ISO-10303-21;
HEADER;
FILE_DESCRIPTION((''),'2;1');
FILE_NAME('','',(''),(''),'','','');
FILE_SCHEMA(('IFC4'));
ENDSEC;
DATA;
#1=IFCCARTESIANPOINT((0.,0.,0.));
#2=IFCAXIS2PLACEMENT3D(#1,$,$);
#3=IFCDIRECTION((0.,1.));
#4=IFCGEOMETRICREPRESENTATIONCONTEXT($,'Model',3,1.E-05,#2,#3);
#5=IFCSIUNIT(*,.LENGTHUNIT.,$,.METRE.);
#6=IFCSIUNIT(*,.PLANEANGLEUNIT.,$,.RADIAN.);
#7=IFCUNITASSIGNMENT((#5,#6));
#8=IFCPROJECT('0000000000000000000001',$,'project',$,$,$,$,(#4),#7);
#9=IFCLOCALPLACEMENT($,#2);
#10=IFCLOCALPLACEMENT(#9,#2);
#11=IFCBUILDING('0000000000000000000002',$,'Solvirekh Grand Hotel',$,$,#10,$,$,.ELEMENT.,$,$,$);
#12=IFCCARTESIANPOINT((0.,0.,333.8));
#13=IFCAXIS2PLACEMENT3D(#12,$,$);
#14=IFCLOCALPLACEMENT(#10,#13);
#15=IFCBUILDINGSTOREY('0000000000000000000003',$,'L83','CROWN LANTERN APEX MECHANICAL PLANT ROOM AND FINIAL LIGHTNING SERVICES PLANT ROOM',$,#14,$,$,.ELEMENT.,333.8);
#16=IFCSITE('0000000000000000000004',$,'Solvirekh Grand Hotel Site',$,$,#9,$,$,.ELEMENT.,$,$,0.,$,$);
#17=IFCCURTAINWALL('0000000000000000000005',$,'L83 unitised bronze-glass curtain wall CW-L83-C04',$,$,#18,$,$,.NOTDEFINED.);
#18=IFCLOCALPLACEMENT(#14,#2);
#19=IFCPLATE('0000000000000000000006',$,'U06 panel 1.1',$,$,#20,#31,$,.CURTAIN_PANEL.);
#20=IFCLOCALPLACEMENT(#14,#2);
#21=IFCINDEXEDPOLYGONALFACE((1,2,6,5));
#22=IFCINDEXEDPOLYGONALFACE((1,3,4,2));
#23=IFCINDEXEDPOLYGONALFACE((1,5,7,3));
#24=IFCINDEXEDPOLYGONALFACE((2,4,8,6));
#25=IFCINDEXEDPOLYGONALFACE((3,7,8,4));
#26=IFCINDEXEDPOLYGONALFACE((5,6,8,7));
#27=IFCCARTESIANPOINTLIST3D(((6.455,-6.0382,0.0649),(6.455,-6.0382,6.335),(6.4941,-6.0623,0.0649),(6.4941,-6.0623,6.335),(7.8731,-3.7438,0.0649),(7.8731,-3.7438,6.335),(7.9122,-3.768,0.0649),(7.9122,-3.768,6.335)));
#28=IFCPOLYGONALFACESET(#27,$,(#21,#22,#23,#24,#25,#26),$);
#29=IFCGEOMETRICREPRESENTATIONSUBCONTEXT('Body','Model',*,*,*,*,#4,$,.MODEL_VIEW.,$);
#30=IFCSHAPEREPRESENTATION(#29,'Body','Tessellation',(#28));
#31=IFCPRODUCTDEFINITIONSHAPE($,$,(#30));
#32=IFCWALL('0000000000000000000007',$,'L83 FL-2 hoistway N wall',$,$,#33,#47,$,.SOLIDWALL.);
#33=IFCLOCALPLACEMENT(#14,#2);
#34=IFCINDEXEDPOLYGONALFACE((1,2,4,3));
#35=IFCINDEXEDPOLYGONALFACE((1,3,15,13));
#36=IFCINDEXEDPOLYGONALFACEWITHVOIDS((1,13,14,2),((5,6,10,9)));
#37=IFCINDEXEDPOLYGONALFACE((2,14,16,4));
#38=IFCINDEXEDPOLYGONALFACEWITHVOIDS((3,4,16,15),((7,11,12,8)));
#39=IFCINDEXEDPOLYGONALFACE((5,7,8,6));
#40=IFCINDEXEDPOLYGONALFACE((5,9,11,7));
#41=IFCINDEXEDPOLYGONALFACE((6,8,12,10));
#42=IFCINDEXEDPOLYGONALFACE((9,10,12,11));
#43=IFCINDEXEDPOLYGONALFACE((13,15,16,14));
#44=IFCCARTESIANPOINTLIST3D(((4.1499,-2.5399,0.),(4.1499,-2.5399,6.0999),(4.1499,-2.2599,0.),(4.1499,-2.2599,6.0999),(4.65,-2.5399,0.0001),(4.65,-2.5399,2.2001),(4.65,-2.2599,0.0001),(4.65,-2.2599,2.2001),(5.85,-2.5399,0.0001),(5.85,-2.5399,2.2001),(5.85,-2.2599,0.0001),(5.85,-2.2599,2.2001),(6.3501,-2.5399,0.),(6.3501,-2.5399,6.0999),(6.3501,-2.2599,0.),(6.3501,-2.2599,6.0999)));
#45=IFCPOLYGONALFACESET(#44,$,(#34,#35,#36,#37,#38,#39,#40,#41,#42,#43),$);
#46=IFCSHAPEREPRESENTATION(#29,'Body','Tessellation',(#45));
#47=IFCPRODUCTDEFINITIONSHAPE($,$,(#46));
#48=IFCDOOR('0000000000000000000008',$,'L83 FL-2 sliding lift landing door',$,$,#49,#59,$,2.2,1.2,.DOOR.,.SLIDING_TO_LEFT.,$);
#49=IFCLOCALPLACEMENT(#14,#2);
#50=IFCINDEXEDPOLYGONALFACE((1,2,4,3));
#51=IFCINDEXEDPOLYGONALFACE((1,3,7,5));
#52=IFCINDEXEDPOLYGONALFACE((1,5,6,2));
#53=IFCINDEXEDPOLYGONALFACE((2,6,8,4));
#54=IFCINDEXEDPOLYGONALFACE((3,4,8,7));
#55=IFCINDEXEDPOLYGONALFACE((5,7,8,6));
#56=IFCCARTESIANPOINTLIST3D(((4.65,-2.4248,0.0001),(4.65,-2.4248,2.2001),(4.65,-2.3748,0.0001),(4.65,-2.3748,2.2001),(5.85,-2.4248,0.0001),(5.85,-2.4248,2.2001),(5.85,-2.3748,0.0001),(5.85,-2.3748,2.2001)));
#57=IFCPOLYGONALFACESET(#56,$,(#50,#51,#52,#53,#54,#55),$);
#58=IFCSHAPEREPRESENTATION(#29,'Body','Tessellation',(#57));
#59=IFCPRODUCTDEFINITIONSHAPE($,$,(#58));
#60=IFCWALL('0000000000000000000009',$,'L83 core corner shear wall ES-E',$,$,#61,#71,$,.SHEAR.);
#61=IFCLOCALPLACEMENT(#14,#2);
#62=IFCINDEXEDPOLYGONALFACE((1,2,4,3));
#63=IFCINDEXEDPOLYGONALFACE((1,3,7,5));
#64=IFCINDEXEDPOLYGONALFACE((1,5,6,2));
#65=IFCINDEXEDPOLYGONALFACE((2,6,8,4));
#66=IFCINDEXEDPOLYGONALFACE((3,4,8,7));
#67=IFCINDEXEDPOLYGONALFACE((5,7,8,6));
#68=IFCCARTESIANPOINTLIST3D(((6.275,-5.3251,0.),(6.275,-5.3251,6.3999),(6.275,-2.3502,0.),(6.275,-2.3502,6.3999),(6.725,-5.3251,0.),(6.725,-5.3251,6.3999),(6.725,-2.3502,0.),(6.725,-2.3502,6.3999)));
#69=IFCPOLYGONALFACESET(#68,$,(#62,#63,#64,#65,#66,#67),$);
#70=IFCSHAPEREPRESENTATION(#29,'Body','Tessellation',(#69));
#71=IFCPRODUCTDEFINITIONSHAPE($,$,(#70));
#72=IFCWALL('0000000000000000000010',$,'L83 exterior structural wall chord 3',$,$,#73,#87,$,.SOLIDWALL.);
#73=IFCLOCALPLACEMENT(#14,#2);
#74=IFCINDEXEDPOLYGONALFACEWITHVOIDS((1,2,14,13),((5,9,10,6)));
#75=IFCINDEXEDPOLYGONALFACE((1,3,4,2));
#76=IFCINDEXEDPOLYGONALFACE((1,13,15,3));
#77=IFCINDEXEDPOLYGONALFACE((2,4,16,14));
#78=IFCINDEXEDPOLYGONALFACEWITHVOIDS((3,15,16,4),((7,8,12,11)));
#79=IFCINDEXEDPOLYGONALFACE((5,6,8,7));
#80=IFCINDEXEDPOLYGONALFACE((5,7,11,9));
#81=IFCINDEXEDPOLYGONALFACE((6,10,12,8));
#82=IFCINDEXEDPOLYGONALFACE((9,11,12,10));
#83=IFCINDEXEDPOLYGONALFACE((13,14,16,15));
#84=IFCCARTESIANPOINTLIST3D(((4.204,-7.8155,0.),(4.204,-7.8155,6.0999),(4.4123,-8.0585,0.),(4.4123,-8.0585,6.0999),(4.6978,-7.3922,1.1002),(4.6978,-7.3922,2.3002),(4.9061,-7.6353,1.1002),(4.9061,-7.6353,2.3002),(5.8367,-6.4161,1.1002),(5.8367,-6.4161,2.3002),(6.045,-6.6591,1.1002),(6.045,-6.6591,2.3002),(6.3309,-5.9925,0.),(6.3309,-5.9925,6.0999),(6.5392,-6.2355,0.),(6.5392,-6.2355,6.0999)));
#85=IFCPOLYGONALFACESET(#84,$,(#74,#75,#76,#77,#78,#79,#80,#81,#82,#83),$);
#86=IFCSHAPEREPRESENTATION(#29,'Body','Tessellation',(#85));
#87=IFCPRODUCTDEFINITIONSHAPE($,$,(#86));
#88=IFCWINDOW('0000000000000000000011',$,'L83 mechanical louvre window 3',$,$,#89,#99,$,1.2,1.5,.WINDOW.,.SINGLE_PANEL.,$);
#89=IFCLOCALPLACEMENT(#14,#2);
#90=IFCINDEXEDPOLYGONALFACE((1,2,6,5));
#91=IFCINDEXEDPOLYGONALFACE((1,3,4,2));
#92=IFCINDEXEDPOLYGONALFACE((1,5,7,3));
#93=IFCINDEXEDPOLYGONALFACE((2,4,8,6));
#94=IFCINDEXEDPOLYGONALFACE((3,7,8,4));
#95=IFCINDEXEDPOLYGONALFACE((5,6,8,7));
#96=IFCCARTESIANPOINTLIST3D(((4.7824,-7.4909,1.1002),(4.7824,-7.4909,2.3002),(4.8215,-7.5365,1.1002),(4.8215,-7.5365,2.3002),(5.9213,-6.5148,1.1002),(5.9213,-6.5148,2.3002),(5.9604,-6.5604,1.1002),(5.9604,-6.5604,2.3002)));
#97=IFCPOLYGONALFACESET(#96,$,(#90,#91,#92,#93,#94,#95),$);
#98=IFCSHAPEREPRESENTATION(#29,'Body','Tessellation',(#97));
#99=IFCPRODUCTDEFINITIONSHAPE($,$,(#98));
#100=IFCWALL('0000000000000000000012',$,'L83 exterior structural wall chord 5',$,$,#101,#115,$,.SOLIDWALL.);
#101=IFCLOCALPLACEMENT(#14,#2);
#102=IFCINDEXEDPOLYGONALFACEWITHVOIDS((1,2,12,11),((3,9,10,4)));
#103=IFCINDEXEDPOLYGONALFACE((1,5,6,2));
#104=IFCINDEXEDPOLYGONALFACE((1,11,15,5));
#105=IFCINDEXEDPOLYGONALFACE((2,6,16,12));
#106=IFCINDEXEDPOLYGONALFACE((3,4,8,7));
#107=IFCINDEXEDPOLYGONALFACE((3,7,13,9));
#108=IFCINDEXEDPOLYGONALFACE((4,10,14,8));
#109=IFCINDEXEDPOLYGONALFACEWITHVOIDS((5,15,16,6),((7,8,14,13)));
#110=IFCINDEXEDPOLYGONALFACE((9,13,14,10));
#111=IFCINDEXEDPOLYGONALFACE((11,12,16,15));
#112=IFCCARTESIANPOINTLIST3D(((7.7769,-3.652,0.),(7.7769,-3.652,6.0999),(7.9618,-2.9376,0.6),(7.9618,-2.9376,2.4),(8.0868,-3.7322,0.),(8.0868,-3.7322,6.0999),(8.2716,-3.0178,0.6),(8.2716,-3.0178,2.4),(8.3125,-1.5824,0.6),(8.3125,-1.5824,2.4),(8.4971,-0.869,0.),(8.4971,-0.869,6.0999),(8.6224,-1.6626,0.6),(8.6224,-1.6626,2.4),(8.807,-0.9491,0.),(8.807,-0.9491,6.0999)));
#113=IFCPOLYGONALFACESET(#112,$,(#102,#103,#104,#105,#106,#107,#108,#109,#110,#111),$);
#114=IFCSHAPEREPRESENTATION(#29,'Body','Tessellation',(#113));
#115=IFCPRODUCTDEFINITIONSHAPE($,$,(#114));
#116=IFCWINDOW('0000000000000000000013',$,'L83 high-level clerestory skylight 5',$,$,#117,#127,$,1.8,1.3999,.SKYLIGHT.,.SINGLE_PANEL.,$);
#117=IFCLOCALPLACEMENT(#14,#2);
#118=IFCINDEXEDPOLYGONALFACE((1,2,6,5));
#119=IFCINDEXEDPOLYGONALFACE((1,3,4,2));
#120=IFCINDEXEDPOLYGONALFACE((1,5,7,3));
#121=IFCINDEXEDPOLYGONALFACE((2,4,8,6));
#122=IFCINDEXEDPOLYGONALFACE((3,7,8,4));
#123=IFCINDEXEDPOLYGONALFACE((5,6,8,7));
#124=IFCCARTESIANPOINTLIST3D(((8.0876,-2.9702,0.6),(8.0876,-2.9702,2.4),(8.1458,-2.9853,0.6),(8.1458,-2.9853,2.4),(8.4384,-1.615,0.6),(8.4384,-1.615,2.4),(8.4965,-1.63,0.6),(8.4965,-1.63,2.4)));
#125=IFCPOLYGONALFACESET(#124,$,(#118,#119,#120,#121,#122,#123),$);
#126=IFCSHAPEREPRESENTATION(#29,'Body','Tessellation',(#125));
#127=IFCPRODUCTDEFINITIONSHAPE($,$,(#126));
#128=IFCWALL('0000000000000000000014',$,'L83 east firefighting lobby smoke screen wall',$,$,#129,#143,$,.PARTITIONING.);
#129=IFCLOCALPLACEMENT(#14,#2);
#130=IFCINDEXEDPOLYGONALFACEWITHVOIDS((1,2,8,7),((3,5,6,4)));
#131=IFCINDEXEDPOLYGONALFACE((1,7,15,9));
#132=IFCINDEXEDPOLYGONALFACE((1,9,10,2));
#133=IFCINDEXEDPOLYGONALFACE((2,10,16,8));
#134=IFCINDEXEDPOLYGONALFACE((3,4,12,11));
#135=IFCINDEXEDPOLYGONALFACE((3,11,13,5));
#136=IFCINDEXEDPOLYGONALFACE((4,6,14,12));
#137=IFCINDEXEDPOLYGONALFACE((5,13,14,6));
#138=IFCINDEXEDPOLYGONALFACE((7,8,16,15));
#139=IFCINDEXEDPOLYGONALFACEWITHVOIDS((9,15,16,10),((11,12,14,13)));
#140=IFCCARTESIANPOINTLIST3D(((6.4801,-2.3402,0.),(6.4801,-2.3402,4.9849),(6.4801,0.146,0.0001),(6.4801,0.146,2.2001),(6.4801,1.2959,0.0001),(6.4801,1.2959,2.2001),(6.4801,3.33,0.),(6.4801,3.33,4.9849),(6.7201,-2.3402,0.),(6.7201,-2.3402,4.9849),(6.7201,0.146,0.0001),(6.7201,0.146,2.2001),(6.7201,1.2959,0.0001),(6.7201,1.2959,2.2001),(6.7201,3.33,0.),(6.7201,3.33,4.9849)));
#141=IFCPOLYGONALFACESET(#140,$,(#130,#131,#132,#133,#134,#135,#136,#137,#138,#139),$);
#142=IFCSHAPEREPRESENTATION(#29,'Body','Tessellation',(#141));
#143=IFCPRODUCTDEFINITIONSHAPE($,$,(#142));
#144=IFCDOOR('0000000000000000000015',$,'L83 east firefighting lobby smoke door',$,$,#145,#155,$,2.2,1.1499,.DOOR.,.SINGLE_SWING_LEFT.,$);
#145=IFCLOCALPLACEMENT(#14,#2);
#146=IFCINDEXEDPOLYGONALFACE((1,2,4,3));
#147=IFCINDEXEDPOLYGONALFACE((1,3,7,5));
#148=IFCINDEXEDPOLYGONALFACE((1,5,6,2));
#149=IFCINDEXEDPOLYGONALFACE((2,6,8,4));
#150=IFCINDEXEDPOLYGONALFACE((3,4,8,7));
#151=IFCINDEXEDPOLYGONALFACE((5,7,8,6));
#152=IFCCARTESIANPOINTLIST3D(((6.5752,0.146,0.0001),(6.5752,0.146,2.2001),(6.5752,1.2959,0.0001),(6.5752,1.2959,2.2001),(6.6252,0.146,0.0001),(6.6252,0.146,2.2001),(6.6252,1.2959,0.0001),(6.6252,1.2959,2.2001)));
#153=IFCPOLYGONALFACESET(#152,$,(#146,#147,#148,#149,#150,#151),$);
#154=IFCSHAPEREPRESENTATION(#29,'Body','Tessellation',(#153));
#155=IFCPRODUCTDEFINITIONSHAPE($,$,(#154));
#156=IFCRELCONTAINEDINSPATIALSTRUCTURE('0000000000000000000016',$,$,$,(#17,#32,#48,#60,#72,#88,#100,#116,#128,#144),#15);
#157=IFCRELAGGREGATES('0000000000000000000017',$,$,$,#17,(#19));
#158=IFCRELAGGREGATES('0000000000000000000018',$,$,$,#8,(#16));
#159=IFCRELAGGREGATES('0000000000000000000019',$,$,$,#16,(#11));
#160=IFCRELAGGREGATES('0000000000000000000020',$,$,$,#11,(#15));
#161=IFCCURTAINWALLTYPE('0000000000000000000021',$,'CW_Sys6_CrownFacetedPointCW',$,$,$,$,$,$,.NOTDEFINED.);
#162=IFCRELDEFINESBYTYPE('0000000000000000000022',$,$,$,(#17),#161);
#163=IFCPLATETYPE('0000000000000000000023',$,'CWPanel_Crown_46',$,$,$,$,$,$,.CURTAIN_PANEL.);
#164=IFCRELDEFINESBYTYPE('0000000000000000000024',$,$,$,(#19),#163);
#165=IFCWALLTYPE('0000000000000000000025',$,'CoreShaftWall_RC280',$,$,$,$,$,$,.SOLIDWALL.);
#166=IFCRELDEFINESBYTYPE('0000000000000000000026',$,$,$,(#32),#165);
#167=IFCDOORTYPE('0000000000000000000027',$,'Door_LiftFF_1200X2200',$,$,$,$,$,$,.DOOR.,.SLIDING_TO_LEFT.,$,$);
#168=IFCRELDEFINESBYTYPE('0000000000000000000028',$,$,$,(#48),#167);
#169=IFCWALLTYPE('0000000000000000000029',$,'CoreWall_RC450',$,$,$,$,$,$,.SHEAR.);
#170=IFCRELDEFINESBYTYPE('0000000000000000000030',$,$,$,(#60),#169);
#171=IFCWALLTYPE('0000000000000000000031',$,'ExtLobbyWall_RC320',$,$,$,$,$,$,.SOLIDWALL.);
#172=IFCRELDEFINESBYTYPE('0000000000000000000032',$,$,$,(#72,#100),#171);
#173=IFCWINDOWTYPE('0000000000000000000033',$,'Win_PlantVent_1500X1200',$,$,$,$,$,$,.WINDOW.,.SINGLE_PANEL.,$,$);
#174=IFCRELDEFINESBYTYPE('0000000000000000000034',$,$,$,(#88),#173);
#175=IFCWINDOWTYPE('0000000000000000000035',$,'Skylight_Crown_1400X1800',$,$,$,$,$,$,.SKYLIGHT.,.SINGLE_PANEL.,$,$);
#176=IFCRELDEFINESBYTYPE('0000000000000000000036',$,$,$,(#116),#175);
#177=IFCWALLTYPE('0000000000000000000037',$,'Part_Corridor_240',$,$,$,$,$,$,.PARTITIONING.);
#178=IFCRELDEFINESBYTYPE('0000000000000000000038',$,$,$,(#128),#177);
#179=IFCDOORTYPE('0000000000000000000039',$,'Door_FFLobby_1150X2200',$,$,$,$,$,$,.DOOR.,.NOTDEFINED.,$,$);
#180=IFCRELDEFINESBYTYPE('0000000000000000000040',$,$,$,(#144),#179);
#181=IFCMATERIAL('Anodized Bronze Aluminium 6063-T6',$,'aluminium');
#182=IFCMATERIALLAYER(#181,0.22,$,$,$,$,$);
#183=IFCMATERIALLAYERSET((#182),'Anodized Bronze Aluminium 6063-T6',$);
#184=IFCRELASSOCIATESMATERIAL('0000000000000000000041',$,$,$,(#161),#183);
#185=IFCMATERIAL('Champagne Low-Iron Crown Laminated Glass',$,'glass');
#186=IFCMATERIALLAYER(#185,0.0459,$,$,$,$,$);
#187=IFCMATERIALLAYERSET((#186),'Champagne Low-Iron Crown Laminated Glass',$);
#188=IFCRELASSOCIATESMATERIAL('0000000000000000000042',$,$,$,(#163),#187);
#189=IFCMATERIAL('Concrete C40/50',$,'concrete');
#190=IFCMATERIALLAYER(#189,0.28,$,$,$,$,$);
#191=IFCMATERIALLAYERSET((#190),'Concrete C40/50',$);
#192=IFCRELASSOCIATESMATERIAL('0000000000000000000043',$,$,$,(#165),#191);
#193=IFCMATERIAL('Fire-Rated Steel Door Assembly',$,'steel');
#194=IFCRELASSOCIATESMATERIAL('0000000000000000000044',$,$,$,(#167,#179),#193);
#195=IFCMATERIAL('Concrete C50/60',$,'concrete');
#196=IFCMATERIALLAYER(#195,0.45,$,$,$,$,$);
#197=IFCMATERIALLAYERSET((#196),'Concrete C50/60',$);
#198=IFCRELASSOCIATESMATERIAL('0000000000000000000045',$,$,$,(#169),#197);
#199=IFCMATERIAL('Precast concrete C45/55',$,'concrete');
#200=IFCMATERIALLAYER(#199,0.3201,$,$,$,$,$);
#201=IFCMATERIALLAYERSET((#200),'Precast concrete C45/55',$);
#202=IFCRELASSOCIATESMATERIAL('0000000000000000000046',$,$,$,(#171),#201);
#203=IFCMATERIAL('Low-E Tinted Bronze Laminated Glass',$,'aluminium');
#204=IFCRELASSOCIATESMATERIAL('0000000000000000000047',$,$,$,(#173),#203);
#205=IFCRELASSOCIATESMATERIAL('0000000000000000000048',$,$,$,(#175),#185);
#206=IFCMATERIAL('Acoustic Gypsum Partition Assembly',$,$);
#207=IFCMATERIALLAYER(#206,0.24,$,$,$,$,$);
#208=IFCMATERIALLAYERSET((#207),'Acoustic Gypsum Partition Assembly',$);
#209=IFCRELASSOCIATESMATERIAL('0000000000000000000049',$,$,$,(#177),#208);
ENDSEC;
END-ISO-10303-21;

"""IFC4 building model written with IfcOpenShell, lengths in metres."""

from ifc_helpers import new_model, si_unit, direction, frame, frame_2d, origin, origin_2d, place, context, subcontext, project, spatial, rectangle, extrude, source, transform, mapped, material, layer, layer_set, type_object, element, fill, aggregate, save


model = new_model("IFC4")

# Units and contexts
model_context = context("Model", 3, precision=1e-05, world=origin(), true_north=direction((0.0, 1.0)))
body_context = subcontext(model_context, "Body", "Model", "MODEL_VIEW")
ifc_project = project(units=[si_unit("LENGTHUNIT", "METRE"), si_unit("PLANEANGLEUNIT", "RADIAN")], contexts=[model_context])

# Site, building, storey
site_placement = place(None, origin())
site = spatial("IfcSite", under=ifc_project, at=site_placement, Name="Solvirekh Grand Hotel Site", CompositionType="ELEMENT", RefElevation=0.0)
building_placement = place(site_placement, origin())
building = spatial("IfcBuilding", under=site, at=building_placement, Name="Solvirekh Grand Hotel", CompositionType="ELEMENT")
storey_placement = place(building_placement, frame((0.0, 0.0, 333.8)))
storey = spatial("IfcBuildingStorey", under=building, at=storey_placement, Name="L83", Description="CROWN LANTERN APEX MECHANICAL PLANT ROOM AND FINIAL LIGHTNING SERVICES PLANT ROOM", CompositionType="ELEMENT", Elevation=333.8)

# Shared definitions
ifc_material_1 = material(Name="Concrete C50/60", Category="concrete")

# Shared definitions
ifc_material_2 = material(Name="Anodized Bronze Aluminium 6063-T6", Category="aluminium")
ifc_layer_1 = layer(ifc_material_2, 0.22)
ifc_layer_set_1 = layer_set([ifc_layer_1], Name="Anodized Bronze Aluminium 6063-T6")
curtain_wall_type = type_object("IfcCurtainWallType", Name="CW_Sys6_CrownFacetedPointCW", PredefinedType="NOTDEFINED", material=ifc_layer_set_1)

# Curtain wall
curtain_wall_1_placement = place(storey_placement, origin())
curtain_wall_1 = element("IfcCurtainWall", 1, at=curtain_wall_1_placement, inside=storey, type_object=curtain_wall_type, Name="L83 unitised bronze-glass curtain wall CW-L83-C04", PredefinedType="NOTDEFINED")

# Plate
ifc_material_3 = material(Name="Champagne Low-Iron Crown Laminated Glass", Category="glass")
ifc_layer_2 = layer(ifc_material_3, 0.0459)
ifc_layer_set_2 = layer_set([ifc_layer_2], Name="Champagne Low-Iron Crown Laminated Glass")
plate_type_1 = type_object("IfcPlateType", Name="CWPanel_Crown_46", PredefinedType="CURTAIN_PANEL", material=ifc_layer_set_2)
shared_shape_1 = source(origin(), body_context, "Body", "SweptSolid", [
    extrude(rectangle(XDim=2.6973, YDim=0.0459, at=origin_2d()), origin(), (0.0, 0.0, 1.0), 6.27),
])
plate_placement = place(storey_placement, frame((7.1836, -4.9031, 0.0649), z_axis=(0.0, 0.0, 1.0), x_axis=(0.525762, 0.850632, 0.0)))
plate = element("IfcPlate", 2, at=plate_placement, type_object=plate_type_1, Name="U06 panel 1.1", PredefinedType="CURTAIN_PANEL", context=body_context, shape_type="MappedRepresentation", body=[
    mapped(shared_shape_1, transform((0.0, 0.0, 0.0), x_axis=(1.0, 0.0, 0.0), y_axis=(0.0, 1.0, 0.0), z_axis=(0.0, 0.0, 1.0), scale=1.0)),
])
aggregate(curtain_wall_1, [plate])

# Wall, opening, door
ifc_material_4 = material(Name="Concrete C40/50", Category="concrete")
ifc_layer_3 = layer(ifc_material_4, 0.28)
ifc_layer_set_3 = layer_set([ifc_layer_3], Name="Concrete C40/50")
wall_type_1 = type_object("IfcWallType", Name="CoreShaftWall_RC280", PredefinedType="SOLIDWALL", material=ifc_layer_set_3)
wall_1_placement = place(storey_placement, frame((6.3501, -2.3999, 0.0), z_axis=(0.0, 0.0, 1.0), x_axis=(-1.0, 0.0, 0.0)))
wall_1 = element("IfcWall", 3, at=wall_1_placement, inside=storey, type_object=wall_type_1, Name="L83 FL-2 hoistway N wall", PredefinedType="SOLIDWALL", context=body_context, shape_type="SweptSolid", body=[
    extrude(rectangle(XDim=2.2002, YDim=0.28, at=frame_2d((1.1001, 0.0))), origin(), (0.0, 0.0, 1.0), 6.0999),
])
opening_1_placement = place(wall_1_placement, frame((0.5, 0.0, 0.0)))
opening_1 = element("IfcOpeningElement", 4, at=opening_1_placement, cuts=wall_1, PredefinedType="OPENING", context=body_context, shape_type="SweptSolid", body=[
    extrude(rectangle(XDim=1.2, YDim=2.2, at=frame_2d((0.6001, 1.1001))), frame((0.0, 0.1499, 0.0), z_axis=(0.0, -1.0, 0.0), x_axis=(1.0, 0.0, 0.0)), (0.0, 0.0, 1.0), 0.3),
])
ifc_material_5 = material(Name="Fire-Rated Steel Door Assembly", Category="steel")
door_type_1 = type_object("IfcDoorType", Name="Door_LiftFF_1200X2200", OperationType="SLIDING_TO_LEFT", PredefinedType="DOOR", material=ifc_material_5)
door_1_placement = place(opening_1_placement, origin())
door_1 = element("IfcDoor", 5, at=door_1_placement, inside=storey, type_object=door_type_1, Name="L83 FL-2 sliding lift landing door", OperationType="SLIDING_TO_LEFT", OverallHeight=2.2, OverallWidth=1.2, PredefinedType="DOOR", context=body_context, shape_type="SweptSolid", body=[
    extrude(rectangle(XDim=1.2, YDim=2.2, at=frame_2d((0.6001, 1.1001))), frame((0.0, 0.0249, 0.0), z_axis=(0.0, -1.0, 0.0), x_axis=(1.0, 0.0, 0.0)), (0.0, 0.0, 1.0), 0.05),
])
fill(opening_1, door_1)

# Wall
ifc_layer_4 = layer(ifc_material_1, 0.45)
ifc_layer_set_4 = layer_set([ifc_layer_4], Name="Concrete C50/60")
wall_type_2 = type_object("IfcWallType", Name="CoreWall_RC450", PredefinedType="SHEAR", material=ifc_layer_set_4)
wall_2_placement = place(storey_placement, frame((6.5, -5.325, 0.0), z_axis=(0.0, 0.0, 1.0), x_axis=(0.0, 1.0, 0.0)))
element("IfcWall", 6, at=wall_2_placement, inside=storey, type_object=wall_type_2, Name="L83 core corner shear wall ES-E", PredefinedType="SHEAR", context=body_context, shape_type="SweptSolid", body=[
    extrude(rectangle(XDim=2.9749, YDim=0.45, at=frame_2d((1.4873, 0.0))), origin(), (0.0, 0.0, 1.0), 6.3999),
])

# Walls, openings, windows
ifc_material_6 = material(Name="Precast concrete C45/55", Category="concrete")
ifc_layer_5 = layer(ifc_material_6, 0.3201)
ifc_layer_set_5 = layer_set([ifc_layer_5], Name="Precast concrete C45/55")
wall_type_3 = type_object("IfcWallType", Name="ExtLobbyWall_RC320", PredefinedType="SOLIDWALL", material=ifc_layer_set_5)
wall_3_placement = place(storey_placement, frame((6.4351, -6.114, 0.0), z_axis=(0.0, 0.0, 1.0), x_axis=(-0.759275, -0.65077, 0.0)))
wall_3 = element("IfcWall", 7, at=wall_3_placement, inside=storey, type_object=wall_type_3, Name="L83 exterior structural wall chord 3", PredefinedType="SOLIDWALL", context=body_context, shape_type="SweptSolid", body=[
    extrude(rectangle(XDim=2.8013, YDim=0.3201, at=frame_2d((1.4006, 0.0))), origin(), (0.0, 0.0, 1.0), 6.0999),
])
opening_2_placement = place(wall_3_placement, frame((0.6509, 0.0, 1.1001)))
opening_2 = element("IfcOpeningElement", 8, at=opening_2_placement, cuts=wall_3, PredefinedType="OPENING", context=body_context, shape_type="SweptSolid", body=[
    extrude(rectangle(XDim=1.5, YDim=1.2, at=frame_2d((0.75, 0.6001))), frame((0.0, 0.1699, 0.0), z_axis=(0.0, -1.0, 0.0), x_axis=(1.0, 0.0, 0.0)), (0.0, 0.0, 1.0), 0.3401),
])
ifc_material_7 = material(Name="Low-E Tinted Bronze Laminated Glass", Category="aluminium")
window_type_1 = type_object("IfcWindowType", Name="Win_PlantVent_1500X1200", PartitioningType="SINGLE_PANEL", PredefinedType="WINDOW", material=ifc_material_7)
window_1_placement = place(opening_2_placement, origin())
window_1 = element("IfcWindow", 9, at=window_1_placement, inside=storey, type_object=window_type_1, Name="L83 mechanical louvre window 3", OverallHeight=1.2, OverallWidth=1.5, PartitioningType="SINGLE_PANEL", PredefinedType="WINDOW", context=body_context, shape_type="SweptSolid", body=[
    extrude(rectangle(XDim=1.5, YDim=1.2, at=frame_2d((0.75, 0.6001))), frame((0.0, 0.03, 0.0), z_axis=(0.0, -1.0, 0.0), x_axis=(1.0, 0.0, 0.0)), (0.0, 0.0, 1.0), 0.0601),
])
fill(opening_2, window_1)
wall_4_placement = place(storey_placement, frame((8.6521, -0.9089, 0.0), z_axis=(0.0, 0.0, 1.0), x_axis=(-0.250541, -0.968106, 0.0)))
wall_4 = element("IfcWall", 10, at=wall_4_placement, inside=storey, type_object=wall_type_3, Name="L83 exterior structural wall chord 5", PredefinedType="SOLIDWALL", context=body_context, shape_type="SweptSolid", body=[
    extrude(rectangle(XDim=2.8748, YDim=0.3201, at=frame_2d((1.4375, 0.0))), origin(), (0.0, 0.0, 1.0), 6.0999),
])
opening_3_placement = place(wall_4_placement, frame((0.7371, 0.0, 0.6001)))
opening_3 = element("IfcOpeningElement", 11, at=opening_3_placement, cuts=wall_4, PredefinedType="OPENING", context=body_context, shape_type="SweptSolid", body=[
    extrude(rectangle(XDim=1.3999, YDim=1.8, at=frame_2d((0.7, 0.8999))), frame((0.0, 0.1699, 0.0), z_axis=(0.0, -1.0, 0.0), x_axis=(1.0, 0.0, 0.0)), (0.0, 0.0, 1.0), 0.3401),
])
window_type_2 = type_object("IfcWindowType", Name="Skylight_Crown_1400X1800", PartitioningType="SINGLE_PANEL", PredefinedType="SKYLIGHT", material=ifc_material_3)
window_2_placement = place(opening_3_placement, origin())
window_2 = element("IfcWindow", 12, at=window_2_placement, inside=storey, type_object=window_type_2, Name="L83 high-level clerestory skylight 5", OverallHeight=1.8, OverallWidth=1.3999, PartitioningType="SINGLE_PANEL", PredefinedType="SKYLIGHT", context=body_context, shape_type="SweptSolid", body=[
    extrude(rectangle(XDim=1.3999, YDim=1.8, at=frame_2d((0.7, 0.8999))), frame((0.0, 0.03, 0.0), z_axis=(0.0, -1.0, 0.0), x_axis=(1.0, 0.0, 0.0)), (0.0, 0.0, 1.0), 0.0601),
])
fill(opening_3, window_2)

# Wall, opening, door
ifc_material_8 = material(Name="Acoustic Gypsum Partition Assembly")
ifc_layer_6 = layer(ifc_material_8, 0.24)
ifc_layer_set_6 = layer_set([ifc_layer_6], Name="Acoustic Gypsum Partition Assembly")
wall_type_4 = type_object("IfcWallType", Name="Part_Corridor_240", PredefinedType="PARTITIONING", material=ifc_layer_set_6)
wall_5_placement = place(storey_placement, frame((6.6001, -2.3401, 0.0), z_axis=(0.0, 0.0, 1.0), x_axis=(0.0, 1.0, 0.0)))
wall_5 = element("IfcWall", 13, at=wall_5_placement, inside=storey, type_object=wall_type_4, Name="L83 east firefighting lobby smoke screen wall", PredefinedType="PARTITIONING", context=body_context, shape_type="SweptSolid", body=[
    extrude(rectangle(XDim=5.6702, YDim=0.24, at=frame_2d((2.835, 0.0))), origin(), (0.0, 0.0, 1.0), 4.9849),
])
opening_4_placement = place(wall_5_placement, frame((2.4861, 0.0, 0.0)))
opening_4 = element("IfcOpeningElement", 14, at=opening_4_placement, cuts=wall_5, PredefinedType="OPENING", context=body_context, shape_type="SweptSolid", body=[
    extrude(rectangle(XDim=1.1499, YDim=2.2, at=frame_2d((0.575, 1.1001))), frame((0.0, 0.1299, 0.0), z_axis=(0.0, -1.0, 0.0), x_axis=(1.0, 0.0, 0.0)), (0.0, 0.0, 1.0), 0.26),
])
door_type_2 = type_object("IfcDoorType", Name="Door_FFLobby_1150X2200", OperationType="NOTDEFINED", PredefinedType="DOOR", material=ifc_material_5)
door_2_placement = place(opening_4_placement, origin())
door_2 = element("IfcDoor", 15, at=door_2_placement, inside=storey, type_object=door_type_2, Name="L83 east firefighting lobby smoke door", OperationType="SINGLE_SWING_LEFT", OverallHeight=2.2, OverallWidth=1.1499, PredefinedType="DOOR", context=body_context, shape_type="SweptSolid", body=[
    extrude(rectangle(XDim=1.1499, YDim=2.2, at=frame_2d((0.575, 1.1001))), frame((0.0, 0.0249, 0.0), z_axis=(0.0, -1.0, 0.0), x_axis=(1.0, 0.0, 0.0)), (0.0, 0.0, 1.0), 0.05),
])
fill(opening_4, door_2)

save(model, "model.ifc")
